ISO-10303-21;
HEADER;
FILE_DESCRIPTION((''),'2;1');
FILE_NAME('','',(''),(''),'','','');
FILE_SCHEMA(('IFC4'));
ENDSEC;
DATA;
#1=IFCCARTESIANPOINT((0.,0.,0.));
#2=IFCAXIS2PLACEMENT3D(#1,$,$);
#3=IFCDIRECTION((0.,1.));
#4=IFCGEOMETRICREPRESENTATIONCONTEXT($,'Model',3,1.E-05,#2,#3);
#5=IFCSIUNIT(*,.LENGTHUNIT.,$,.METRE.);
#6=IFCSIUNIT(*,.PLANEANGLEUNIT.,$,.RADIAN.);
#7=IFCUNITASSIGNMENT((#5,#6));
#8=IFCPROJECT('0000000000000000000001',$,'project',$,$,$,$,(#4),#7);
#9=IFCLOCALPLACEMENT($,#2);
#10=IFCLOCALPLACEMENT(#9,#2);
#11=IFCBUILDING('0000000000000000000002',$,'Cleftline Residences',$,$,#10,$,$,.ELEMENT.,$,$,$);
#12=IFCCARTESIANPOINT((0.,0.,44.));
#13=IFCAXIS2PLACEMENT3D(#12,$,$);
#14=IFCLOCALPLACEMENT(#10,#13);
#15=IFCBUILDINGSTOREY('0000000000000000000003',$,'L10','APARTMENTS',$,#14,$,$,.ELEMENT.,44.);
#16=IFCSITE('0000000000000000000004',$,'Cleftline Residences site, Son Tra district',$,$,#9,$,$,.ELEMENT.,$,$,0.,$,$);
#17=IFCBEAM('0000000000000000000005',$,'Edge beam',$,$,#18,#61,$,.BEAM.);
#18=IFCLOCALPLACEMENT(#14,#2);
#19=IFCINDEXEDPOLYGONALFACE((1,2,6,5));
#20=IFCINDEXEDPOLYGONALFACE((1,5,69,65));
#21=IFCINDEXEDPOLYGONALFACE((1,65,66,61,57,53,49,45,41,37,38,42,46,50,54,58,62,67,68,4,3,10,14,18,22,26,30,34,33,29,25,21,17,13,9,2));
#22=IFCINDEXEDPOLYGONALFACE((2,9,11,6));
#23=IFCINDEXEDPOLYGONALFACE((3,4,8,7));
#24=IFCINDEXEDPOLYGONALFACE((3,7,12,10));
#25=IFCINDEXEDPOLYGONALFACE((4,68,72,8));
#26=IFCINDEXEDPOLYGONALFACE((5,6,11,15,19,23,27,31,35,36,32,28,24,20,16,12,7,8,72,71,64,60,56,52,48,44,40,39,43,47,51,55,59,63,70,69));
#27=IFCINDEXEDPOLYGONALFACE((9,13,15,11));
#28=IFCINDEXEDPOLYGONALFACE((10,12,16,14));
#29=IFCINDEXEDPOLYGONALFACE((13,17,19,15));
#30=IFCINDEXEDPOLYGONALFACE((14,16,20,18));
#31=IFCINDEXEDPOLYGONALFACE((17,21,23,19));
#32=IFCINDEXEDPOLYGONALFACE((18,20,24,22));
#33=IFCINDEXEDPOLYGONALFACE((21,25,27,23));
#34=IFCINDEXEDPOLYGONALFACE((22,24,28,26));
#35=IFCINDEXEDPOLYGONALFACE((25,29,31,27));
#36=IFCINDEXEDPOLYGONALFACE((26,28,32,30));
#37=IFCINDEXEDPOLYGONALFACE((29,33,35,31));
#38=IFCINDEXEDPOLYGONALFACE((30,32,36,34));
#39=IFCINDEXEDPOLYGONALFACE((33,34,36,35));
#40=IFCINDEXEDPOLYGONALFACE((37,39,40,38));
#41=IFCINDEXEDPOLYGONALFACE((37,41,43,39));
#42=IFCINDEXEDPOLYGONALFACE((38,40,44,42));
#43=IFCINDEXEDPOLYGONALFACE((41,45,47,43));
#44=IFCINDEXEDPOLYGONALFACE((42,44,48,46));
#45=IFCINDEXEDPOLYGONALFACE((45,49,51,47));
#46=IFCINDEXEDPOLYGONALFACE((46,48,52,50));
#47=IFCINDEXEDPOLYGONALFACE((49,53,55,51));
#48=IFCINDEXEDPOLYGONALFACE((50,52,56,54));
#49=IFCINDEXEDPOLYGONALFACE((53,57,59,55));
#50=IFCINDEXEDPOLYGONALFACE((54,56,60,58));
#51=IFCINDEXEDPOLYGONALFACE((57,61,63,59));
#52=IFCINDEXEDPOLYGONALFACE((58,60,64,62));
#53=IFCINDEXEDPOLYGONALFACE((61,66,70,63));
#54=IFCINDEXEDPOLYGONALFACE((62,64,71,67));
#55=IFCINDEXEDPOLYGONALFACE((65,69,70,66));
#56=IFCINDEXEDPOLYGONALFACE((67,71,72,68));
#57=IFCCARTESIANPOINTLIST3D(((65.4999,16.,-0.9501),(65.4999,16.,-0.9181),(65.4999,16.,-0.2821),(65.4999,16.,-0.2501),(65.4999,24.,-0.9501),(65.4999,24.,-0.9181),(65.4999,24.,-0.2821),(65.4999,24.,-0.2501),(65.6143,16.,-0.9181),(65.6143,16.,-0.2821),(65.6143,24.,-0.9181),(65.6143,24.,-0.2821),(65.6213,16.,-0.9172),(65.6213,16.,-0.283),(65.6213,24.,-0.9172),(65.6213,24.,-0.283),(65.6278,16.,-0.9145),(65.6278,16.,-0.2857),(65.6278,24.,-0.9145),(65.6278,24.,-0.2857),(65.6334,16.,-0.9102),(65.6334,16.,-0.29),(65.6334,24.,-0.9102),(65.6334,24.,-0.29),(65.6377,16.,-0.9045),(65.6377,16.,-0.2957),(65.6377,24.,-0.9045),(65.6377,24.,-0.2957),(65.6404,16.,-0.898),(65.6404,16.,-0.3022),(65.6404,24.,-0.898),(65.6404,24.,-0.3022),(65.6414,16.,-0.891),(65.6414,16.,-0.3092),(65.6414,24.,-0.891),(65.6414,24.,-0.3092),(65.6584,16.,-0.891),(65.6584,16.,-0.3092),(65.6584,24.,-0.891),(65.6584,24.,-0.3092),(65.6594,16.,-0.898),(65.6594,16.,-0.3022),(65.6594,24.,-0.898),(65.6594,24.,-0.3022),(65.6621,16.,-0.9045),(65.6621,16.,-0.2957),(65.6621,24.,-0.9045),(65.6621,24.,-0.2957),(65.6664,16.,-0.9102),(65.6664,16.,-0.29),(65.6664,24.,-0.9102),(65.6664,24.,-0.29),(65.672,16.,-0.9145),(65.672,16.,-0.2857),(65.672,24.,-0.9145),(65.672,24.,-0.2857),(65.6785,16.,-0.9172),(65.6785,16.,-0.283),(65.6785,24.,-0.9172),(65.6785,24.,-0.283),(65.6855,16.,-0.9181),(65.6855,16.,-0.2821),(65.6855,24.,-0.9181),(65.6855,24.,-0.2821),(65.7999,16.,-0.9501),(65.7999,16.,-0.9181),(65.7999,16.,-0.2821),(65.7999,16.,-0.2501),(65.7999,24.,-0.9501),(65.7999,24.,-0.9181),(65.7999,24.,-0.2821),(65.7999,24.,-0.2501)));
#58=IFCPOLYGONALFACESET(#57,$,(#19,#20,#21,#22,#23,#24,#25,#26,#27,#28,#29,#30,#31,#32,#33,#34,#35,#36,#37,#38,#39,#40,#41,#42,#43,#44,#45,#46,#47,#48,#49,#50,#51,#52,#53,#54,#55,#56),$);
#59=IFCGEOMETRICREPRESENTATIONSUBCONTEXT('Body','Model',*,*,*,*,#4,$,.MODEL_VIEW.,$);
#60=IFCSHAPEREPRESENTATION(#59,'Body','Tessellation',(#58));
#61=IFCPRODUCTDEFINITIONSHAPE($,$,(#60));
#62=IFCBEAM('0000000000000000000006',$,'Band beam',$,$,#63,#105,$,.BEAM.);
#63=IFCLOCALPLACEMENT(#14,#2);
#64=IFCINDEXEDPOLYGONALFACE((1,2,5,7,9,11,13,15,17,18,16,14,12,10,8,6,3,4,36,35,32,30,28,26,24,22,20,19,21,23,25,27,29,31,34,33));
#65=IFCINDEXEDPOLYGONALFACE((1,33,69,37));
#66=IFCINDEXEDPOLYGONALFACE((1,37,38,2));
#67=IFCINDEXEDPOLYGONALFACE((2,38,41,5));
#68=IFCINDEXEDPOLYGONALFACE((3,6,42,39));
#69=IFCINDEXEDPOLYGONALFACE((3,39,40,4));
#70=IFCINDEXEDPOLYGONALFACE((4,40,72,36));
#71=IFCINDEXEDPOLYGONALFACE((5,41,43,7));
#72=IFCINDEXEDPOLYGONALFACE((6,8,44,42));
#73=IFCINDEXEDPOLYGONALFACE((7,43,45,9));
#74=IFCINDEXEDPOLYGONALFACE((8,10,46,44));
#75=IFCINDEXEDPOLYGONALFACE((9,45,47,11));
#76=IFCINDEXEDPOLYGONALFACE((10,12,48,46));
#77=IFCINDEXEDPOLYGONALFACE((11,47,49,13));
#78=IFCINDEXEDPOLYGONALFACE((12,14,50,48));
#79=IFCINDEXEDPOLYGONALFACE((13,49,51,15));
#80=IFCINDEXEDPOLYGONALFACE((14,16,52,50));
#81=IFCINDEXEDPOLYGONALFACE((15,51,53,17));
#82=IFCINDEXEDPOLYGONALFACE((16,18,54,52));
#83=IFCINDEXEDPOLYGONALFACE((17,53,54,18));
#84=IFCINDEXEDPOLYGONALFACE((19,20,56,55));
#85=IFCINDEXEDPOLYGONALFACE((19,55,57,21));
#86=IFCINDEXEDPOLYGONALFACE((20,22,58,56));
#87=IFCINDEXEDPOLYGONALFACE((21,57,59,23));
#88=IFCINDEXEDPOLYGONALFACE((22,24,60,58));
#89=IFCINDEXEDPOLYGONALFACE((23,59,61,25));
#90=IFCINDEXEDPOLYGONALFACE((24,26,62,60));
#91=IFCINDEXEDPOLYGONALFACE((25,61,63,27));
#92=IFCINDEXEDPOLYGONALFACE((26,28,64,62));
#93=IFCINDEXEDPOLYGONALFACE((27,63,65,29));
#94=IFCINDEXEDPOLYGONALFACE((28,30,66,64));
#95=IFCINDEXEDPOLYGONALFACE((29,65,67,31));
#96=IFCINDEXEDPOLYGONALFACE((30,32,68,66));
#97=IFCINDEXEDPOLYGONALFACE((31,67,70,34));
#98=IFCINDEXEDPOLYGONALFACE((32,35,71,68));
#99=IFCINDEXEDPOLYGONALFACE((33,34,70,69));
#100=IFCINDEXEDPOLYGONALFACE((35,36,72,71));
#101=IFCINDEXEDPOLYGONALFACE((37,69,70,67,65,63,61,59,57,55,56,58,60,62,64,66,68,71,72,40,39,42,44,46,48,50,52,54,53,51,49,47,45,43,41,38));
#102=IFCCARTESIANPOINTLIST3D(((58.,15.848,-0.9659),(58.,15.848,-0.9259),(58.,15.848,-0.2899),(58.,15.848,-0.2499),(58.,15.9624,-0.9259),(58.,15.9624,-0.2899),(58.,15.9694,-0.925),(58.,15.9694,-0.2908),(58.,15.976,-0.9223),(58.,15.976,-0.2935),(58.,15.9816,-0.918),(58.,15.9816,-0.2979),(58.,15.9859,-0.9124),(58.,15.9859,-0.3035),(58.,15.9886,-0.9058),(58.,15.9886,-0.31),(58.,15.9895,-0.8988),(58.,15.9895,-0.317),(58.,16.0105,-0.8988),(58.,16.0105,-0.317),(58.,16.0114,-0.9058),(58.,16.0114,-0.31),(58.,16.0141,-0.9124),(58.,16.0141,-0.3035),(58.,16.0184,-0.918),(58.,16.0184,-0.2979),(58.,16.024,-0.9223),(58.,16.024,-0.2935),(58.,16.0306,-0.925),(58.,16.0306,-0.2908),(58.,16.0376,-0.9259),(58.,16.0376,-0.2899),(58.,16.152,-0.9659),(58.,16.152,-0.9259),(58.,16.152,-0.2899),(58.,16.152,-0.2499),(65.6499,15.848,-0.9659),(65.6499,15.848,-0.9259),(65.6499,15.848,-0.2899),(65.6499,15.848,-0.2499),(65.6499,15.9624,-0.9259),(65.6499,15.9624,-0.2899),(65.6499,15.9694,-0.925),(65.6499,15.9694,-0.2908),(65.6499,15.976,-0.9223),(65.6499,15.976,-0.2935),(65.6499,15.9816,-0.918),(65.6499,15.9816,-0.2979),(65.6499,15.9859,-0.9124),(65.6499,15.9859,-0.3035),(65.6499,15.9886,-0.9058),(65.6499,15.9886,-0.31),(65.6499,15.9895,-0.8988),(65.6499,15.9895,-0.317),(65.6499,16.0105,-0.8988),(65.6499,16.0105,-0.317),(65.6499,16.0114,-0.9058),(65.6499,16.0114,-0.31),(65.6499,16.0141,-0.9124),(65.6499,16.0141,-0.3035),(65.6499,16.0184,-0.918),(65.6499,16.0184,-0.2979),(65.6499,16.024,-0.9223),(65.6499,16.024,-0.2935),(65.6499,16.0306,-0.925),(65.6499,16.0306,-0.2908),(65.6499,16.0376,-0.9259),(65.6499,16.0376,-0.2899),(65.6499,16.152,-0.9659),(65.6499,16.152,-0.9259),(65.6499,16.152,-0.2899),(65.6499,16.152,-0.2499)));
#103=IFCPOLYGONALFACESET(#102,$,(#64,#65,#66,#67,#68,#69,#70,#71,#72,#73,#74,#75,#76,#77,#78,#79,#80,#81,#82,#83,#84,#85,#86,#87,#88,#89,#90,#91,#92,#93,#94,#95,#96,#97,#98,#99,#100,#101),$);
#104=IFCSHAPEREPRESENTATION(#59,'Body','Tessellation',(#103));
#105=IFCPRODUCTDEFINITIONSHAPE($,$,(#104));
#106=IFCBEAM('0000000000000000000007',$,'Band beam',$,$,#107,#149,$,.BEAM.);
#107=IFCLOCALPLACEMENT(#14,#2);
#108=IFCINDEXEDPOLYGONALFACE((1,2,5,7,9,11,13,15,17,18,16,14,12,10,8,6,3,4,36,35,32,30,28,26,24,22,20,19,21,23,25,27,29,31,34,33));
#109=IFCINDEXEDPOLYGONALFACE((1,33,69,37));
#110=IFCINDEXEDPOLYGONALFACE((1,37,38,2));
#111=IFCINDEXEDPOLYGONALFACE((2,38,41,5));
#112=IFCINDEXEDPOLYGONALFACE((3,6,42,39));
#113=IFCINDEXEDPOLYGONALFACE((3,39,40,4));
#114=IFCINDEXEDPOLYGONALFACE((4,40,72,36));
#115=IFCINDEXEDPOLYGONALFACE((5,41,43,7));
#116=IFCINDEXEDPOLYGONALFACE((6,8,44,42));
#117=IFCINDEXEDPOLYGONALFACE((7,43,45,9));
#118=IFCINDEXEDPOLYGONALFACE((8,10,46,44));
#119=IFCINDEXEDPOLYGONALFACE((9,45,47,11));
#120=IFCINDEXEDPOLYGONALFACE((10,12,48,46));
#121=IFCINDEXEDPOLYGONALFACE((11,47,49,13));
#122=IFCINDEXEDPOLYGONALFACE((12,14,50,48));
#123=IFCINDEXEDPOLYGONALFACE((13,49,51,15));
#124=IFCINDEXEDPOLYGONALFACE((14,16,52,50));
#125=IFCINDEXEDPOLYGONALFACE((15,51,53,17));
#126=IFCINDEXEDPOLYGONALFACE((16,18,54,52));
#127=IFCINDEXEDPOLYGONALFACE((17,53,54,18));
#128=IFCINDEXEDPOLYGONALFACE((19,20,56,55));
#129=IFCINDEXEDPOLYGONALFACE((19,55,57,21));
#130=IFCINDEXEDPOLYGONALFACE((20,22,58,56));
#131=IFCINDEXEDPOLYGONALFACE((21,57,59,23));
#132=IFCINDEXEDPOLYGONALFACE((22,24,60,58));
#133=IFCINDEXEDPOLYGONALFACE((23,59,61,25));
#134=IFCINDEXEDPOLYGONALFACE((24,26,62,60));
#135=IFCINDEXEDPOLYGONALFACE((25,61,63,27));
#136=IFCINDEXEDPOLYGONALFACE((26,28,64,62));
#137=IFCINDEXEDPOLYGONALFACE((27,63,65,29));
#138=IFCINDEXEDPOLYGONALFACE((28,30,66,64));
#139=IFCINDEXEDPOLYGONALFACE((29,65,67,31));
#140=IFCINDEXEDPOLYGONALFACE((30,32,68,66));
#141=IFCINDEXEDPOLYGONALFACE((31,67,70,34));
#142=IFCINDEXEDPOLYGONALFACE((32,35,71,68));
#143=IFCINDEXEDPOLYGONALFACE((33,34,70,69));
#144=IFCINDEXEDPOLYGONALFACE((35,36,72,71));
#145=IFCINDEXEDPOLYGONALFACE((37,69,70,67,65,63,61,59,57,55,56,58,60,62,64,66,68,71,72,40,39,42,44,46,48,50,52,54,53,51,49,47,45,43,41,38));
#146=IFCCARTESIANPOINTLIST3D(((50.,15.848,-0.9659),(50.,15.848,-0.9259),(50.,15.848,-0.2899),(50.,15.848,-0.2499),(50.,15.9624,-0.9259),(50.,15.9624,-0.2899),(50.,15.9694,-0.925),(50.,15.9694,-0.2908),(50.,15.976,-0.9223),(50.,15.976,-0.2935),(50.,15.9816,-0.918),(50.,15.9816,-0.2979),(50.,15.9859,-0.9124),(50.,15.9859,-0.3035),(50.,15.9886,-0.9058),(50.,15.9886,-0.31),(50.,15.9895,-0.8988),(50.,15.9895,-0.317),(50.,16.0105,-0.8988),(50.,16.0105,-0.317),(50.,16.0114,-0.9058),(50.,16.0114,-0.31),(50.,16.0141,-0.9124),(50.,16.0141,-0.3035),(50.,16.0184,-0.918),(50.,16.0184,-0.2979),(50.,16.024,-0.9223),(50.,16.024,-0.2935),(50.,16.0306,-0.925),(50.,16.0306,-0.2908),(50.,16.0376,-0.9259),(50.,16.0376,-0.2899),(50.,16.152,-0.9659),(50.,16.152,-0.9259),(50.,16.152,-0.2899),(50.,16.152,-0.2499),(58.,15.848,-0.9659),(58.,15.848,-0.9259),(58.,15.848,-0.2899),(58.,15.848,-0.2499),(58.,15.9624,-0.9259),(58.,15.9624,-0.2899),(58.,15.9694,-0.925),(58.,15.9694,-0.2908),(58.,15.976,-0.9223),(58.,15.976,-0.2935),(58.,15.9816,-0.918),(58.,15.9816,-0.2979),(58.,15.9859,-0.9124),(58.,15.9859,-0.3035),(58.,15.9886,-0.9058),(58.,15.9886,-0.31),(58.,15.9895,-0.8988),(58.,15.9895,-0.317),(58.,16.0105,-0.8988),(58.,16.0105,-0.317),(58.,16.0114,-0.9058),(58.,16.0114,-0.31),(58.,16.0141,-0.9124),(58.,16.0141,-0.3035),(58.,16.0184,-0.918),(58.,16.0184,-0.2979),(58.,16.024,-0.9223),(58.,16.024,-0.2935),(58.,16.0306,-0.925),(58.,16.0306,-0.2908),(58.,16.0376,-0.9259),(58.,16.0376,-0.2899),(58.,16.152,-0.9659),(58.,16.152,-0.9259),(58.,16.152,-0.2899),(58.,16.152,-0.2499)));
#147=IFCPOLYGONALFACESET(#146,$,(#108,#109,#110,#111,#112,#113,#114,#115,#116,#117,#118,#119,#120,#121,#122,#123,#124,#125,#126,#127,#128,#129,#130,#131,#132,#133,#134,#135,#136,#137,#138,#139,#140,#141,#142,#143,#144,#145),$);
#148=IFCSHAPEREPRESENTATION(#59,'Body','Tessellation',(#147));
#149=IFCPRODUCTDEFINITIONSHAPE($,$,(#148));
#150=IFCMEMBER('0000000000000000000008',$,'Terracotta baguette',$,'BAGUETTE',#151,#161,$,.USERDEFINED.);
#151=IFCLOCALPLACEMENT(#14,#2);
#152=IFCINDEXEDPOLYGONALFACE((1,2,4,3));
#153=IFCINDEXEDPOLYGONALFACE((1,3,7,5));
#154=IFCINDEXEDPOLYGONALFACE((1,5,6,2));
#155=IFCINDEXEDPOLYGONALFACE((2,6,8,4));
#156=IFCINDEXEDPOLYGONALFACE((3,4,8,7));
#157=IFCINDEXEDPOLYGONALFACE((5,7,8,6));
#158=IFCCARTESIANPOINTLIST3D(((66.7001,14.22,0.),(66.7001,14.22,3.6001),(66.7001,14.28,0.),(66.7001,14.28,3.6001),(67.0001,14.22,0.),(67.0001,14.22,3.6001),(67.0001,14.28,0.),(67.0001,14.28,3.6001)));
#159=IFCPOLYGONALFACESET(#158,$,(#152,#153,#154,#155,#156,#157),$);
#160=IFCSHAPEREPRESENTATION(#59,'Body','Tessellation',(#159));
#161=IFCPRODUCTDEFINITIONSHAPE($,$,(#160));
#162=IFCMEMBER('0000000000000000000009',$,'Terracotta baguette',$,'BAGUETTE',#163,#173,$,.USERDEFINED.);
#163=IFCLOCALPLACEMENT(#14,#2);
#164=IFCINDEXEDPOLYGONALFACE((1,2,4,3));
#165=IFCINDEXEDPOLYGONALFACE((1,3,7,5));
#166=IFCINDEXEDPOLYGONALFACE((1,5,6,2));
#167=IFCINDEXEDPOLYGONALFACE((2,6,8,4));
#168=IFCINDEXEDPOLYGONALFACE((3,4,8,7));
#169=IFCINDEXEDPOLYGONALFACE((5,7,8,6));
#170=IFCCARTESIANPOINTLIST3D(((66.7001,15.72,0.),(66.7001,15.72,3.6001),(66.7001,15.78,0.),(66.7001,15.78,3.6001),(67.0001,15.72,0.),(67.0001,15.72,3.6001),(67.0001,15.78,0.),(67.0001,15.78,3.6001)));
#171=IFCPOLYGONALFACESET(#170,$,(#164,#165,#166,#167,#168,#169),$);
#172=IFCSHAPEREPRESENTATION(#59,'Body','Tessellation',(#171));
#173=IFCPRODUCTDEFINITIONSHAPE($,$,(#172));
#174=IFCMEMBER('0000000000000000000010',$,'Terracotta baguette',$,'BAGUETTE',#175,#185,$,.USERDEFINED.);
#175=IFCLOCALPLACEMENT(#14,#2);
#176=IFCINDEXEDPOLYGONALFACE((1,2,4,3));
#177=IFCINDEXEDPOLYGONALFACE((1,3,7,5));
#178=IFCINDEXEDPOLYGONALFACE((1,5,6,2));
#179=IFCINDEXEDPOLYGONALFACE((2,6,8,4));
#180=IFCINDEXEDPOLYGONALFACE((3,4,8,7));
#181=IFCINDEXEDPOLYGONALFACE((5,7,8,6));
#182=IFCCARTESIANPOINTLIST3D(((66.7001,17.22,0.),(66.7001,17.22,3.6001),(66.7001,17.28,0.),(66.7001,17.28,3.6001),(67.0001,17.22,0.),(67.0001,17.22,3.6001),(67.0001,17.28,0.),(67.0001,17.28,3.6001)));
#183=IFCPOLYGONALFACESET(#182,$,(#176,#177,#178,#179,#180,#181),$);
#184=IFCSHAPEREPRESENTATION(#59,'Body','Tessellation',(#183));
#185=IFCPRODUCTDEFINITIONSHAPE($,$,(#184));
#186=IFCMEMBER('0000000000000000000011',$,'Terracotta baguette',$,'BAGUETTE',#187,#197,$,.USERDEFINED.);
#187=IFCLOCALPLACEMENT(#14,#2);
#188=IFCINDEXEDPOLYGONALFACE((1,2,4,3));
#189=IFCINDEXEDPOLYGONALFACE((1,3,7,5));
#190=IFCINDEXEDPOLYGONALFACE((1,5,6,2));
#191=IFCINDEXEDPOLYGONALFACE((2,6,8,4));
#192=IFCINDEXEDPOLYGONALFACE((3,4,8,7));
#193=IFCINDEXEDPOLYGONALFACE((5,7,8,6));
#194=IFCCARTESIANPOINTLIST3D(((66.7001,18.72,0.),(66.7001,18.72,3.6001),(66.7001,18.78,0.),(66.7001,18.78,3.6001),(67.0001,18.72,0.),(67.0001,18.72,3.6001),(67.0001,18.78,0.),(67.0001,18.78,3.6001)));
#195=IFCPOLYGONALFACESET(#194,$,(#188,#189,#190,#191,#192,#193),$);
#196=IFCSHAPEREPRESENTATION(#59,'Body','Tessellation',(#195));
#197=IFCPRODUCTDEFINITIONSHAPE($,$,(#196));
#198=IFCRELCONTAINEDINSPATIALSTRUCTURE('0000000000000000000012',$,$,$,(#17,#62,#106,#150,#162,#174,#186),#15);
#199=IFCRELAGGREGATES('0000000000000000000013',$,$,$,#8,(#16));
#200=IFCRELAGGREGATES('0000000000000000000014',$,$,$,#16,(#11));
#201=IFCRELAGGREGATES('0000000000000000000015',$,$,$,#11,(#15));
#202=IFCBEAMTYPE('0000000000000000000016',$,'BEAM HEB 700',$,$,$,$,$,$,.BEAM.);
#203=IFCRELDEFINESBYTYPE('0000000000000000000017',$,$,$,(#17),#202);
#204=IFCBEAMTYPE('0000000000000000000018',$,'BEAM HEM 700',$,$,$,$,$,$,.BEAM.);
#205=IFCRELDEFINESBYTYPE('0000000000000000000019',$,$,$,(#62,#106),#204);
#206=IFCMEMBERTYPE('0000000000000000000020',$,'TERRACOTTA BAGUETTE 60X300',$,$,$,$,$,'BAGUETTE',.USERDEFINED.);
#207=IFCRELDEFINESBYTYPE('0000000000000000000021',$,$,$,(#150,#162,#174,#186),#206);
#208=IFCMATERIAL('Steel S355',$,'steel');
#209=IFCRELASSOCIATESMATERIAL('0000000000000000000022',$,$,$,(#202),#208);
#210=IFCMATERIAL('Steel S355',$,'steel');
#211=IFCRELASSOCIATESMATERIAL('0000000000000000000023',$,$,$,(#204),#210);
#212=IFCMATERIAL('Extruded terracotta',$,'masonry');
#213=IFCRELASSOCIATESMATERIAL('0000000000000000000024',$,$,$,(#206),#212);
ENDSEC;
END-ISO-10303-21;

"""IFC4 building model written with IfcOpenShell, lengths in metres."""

from ifc_helpers import new_model, si_unit, direction, frame, origin, origin_2d, place, context, subcontext, project, spatial, rectangle, i_section, extrude, material, material_profile, profile_set, type_object, element, save


model = new_model("IFC4")

# Units and contexts
model_context = context("Model", 3, precision=1e-05, world=origin(), true_north=direction((0.0, 1.0)))
body_context = subcontext(model_context, "Body", "Model", "MODEL_VIEW")
ifc_project = project(units=[si_unit("LENGTHUNIT", "METRE"), si_unit("PLANEANGLEUNIT", "RADIAN")], contexts=[model_context])

# Site, building, storey
site_placement = place(None, origin())
site = spatial("IfcSite", under=ifc_project, at=site_placement, Name="Cleftline Residences site, Son Tra district", CompositionType="ELEMENT", RefElevation=0.0)
building_placement = place(site_placement, origin())
building = spatial("IfcBuilding", under=site, at=building_placement, Name="Cleftline Residences", CompositionType="ELEMENT")
storey_placement = place(building_placement, frame((0.0, 0.0, 44.0)))
storey = spatial("IfcBuildingStorey", under=building, at=storey_placement, Name="L10", Description="APARTMENTS", CompositionType="ELEMENT", Elevation=44.0)

# Beams
ifc_material_1 = material(Name="Steel S355", Category="steel")
ifc_material_profile_1 = material_profile(ifc_material_1, i_section(OverallWidth=0.3, OverallDepth=0.7, WebThickness=0.0171, FlangeThickness=0.032, FilletRadius=0.0271, at=origin_2d()))
ifc_profile_set_1 = profile_set([ifc_material_profile_1], Name="Steel S355")
beam_type_1 = type_object("IfcBeamType", Name="BEAM HEB 700", PredefinedType="BEAM", material=ifc_profile_set_1)
beam_1_placement = place(storey_placement, frame((65.6499, 16.0, -0.6001), z_axis=(0.0, 1.0, 0.0), x_axis=(-1.0, 0.0, 0.0)))
element("IfcBeam", 1, at=beam_1_placement, inside=storey, type_object=beam_type_1, Name="Edge beam", PredefinedType="BEAM", context=body_context, shape_type="SweptSolid", body=[
    extrude(i_section(OverallWidth=0.3, OverallDepth=0.7, WebThickness=0.0171, FlangeThickness=0.032, FilletRadius=0.0271, at=origin_2d()), origin(), (0.0, 0.0, 1.0), 8.0),
])
ifc_material_2 = material(Name="Steel S355", Category="steel")
ifc_material_profile_2 = material_profile(ifc_material_2, i_section(OverallWidth=0.304, OverallDepth=0.7161, WebThickness=0.021, FlangeThickness=0.04, FilletRadius=0.0271, at=origin_2d()))
ifc_profile_set_2 = profile_set([ifc_material_profile_2], Name="Steel S355")
beam_type_2 = type_object("IfcBeamType", Name="BEAM HEM 700", PredefinedType="BEAM", material=ifc_profile_set_2)
beam_2_placement = place(storey_placement, frame((65.6499, 16.0, -0.6079), z_axis=(-1.0, 0.0, 0.0), x_axis=(0.0, -1.0, 0.0)))
element("IfcBeam", 2, at=beam_2_placement, inside=storey, type_object=beam_type_2, Name="Band beam", PredefinedType="BEAM", context=body_context, shape_type="SweptSolid", body=[
    extrude(i_section(OverallWidth=0.304, OverallDepth=0.7161, WebThickness=0.021, FlangeThickness=0.04, FilletRadius=0.0271, at=origin_2d()), origin(), (0.0, 0.0, 1.0), 7.6499),
])
beam_3_placement = place(storey_placement, frame((58.0, 16.0, -0.6079), z_axis=(-1.0, 0.0, 0.0), x_axis=(0.0, -1.0, 0.0)))
element("IfcBeam", 3, at=beam_3_placement, inside=storey, type_object=beam_type_2, Name="Band beam", PredefinedType="BEAM", context=body_context, shape_type="SweptSolid", body=[
    extrude(i_section(OverallWidth=0.304, OverallDepth=0.7161, WebThickness=0.021, FlangeThickness=0.04, FilletRadius=0.0271, at=origin_2d()), origin(), (0.0, 0.0, 1.0), 8.0),
])

# Members
ifc_material_3 = material(Name="Extruded terracotta", Category="masonry")
ifc_material_profile_3 = material_profile(ifc_material_3, rectangle(XDim=0.0601, YDim=0.3, at=origin_2d()))
ifc_profile_set_3 = profile_set([ifc_material_profile_3], Name="Extruded terracotta")
member_type_1 = type_object("IfcMemberType", Name="TERRACOTTA BAGUETTE 60X300", ElementType="BAGUETTE", PredefinedType="USERDEFINED", material=ifc_profile_set_3)
for number, where, z_axis, x_axis, name in (
    (4, (66.8501, 14.25, 0.0), (0.0, 0.0, 1.0), (0.0, 1.0, 0.0), "Terracotta baguette"),
    (5, (66.8501, 15.75, 0.0), (0.0, 0.0, 1.0), (0.0, 1.0, 0.0), "Terracotta baguette"),
    (6, (66.8501, 17.25, 0.0), (0.0, 0.0, 1.0), (0.0, 1.0, 0.0), "Terracotta baguette"),
    (7, (66.8501, 18.75, 0.0), (0.0, 0.0, 1.0), (0.0, 1.0, 0.0), "Terracotta baguette"),
):
    element("IfcMember", number, at=place(storey_placement, frame(where, z_axis=z_axis, x_axis=x_axis)), inside=storey, type_object=member_type_1, Name=name, ObjectType="BAGUETTE", PredefinedType="USERDEFINED", context=body_context, shape_type="SweptSolid", body=[
        extrude(rectangle(XDim=0.0601, YDim=0.3, at=origin_2d()), origin(), (0.0, 0.0, 1.0), 3.6001),
    ])

save(model, "model.ifc")
